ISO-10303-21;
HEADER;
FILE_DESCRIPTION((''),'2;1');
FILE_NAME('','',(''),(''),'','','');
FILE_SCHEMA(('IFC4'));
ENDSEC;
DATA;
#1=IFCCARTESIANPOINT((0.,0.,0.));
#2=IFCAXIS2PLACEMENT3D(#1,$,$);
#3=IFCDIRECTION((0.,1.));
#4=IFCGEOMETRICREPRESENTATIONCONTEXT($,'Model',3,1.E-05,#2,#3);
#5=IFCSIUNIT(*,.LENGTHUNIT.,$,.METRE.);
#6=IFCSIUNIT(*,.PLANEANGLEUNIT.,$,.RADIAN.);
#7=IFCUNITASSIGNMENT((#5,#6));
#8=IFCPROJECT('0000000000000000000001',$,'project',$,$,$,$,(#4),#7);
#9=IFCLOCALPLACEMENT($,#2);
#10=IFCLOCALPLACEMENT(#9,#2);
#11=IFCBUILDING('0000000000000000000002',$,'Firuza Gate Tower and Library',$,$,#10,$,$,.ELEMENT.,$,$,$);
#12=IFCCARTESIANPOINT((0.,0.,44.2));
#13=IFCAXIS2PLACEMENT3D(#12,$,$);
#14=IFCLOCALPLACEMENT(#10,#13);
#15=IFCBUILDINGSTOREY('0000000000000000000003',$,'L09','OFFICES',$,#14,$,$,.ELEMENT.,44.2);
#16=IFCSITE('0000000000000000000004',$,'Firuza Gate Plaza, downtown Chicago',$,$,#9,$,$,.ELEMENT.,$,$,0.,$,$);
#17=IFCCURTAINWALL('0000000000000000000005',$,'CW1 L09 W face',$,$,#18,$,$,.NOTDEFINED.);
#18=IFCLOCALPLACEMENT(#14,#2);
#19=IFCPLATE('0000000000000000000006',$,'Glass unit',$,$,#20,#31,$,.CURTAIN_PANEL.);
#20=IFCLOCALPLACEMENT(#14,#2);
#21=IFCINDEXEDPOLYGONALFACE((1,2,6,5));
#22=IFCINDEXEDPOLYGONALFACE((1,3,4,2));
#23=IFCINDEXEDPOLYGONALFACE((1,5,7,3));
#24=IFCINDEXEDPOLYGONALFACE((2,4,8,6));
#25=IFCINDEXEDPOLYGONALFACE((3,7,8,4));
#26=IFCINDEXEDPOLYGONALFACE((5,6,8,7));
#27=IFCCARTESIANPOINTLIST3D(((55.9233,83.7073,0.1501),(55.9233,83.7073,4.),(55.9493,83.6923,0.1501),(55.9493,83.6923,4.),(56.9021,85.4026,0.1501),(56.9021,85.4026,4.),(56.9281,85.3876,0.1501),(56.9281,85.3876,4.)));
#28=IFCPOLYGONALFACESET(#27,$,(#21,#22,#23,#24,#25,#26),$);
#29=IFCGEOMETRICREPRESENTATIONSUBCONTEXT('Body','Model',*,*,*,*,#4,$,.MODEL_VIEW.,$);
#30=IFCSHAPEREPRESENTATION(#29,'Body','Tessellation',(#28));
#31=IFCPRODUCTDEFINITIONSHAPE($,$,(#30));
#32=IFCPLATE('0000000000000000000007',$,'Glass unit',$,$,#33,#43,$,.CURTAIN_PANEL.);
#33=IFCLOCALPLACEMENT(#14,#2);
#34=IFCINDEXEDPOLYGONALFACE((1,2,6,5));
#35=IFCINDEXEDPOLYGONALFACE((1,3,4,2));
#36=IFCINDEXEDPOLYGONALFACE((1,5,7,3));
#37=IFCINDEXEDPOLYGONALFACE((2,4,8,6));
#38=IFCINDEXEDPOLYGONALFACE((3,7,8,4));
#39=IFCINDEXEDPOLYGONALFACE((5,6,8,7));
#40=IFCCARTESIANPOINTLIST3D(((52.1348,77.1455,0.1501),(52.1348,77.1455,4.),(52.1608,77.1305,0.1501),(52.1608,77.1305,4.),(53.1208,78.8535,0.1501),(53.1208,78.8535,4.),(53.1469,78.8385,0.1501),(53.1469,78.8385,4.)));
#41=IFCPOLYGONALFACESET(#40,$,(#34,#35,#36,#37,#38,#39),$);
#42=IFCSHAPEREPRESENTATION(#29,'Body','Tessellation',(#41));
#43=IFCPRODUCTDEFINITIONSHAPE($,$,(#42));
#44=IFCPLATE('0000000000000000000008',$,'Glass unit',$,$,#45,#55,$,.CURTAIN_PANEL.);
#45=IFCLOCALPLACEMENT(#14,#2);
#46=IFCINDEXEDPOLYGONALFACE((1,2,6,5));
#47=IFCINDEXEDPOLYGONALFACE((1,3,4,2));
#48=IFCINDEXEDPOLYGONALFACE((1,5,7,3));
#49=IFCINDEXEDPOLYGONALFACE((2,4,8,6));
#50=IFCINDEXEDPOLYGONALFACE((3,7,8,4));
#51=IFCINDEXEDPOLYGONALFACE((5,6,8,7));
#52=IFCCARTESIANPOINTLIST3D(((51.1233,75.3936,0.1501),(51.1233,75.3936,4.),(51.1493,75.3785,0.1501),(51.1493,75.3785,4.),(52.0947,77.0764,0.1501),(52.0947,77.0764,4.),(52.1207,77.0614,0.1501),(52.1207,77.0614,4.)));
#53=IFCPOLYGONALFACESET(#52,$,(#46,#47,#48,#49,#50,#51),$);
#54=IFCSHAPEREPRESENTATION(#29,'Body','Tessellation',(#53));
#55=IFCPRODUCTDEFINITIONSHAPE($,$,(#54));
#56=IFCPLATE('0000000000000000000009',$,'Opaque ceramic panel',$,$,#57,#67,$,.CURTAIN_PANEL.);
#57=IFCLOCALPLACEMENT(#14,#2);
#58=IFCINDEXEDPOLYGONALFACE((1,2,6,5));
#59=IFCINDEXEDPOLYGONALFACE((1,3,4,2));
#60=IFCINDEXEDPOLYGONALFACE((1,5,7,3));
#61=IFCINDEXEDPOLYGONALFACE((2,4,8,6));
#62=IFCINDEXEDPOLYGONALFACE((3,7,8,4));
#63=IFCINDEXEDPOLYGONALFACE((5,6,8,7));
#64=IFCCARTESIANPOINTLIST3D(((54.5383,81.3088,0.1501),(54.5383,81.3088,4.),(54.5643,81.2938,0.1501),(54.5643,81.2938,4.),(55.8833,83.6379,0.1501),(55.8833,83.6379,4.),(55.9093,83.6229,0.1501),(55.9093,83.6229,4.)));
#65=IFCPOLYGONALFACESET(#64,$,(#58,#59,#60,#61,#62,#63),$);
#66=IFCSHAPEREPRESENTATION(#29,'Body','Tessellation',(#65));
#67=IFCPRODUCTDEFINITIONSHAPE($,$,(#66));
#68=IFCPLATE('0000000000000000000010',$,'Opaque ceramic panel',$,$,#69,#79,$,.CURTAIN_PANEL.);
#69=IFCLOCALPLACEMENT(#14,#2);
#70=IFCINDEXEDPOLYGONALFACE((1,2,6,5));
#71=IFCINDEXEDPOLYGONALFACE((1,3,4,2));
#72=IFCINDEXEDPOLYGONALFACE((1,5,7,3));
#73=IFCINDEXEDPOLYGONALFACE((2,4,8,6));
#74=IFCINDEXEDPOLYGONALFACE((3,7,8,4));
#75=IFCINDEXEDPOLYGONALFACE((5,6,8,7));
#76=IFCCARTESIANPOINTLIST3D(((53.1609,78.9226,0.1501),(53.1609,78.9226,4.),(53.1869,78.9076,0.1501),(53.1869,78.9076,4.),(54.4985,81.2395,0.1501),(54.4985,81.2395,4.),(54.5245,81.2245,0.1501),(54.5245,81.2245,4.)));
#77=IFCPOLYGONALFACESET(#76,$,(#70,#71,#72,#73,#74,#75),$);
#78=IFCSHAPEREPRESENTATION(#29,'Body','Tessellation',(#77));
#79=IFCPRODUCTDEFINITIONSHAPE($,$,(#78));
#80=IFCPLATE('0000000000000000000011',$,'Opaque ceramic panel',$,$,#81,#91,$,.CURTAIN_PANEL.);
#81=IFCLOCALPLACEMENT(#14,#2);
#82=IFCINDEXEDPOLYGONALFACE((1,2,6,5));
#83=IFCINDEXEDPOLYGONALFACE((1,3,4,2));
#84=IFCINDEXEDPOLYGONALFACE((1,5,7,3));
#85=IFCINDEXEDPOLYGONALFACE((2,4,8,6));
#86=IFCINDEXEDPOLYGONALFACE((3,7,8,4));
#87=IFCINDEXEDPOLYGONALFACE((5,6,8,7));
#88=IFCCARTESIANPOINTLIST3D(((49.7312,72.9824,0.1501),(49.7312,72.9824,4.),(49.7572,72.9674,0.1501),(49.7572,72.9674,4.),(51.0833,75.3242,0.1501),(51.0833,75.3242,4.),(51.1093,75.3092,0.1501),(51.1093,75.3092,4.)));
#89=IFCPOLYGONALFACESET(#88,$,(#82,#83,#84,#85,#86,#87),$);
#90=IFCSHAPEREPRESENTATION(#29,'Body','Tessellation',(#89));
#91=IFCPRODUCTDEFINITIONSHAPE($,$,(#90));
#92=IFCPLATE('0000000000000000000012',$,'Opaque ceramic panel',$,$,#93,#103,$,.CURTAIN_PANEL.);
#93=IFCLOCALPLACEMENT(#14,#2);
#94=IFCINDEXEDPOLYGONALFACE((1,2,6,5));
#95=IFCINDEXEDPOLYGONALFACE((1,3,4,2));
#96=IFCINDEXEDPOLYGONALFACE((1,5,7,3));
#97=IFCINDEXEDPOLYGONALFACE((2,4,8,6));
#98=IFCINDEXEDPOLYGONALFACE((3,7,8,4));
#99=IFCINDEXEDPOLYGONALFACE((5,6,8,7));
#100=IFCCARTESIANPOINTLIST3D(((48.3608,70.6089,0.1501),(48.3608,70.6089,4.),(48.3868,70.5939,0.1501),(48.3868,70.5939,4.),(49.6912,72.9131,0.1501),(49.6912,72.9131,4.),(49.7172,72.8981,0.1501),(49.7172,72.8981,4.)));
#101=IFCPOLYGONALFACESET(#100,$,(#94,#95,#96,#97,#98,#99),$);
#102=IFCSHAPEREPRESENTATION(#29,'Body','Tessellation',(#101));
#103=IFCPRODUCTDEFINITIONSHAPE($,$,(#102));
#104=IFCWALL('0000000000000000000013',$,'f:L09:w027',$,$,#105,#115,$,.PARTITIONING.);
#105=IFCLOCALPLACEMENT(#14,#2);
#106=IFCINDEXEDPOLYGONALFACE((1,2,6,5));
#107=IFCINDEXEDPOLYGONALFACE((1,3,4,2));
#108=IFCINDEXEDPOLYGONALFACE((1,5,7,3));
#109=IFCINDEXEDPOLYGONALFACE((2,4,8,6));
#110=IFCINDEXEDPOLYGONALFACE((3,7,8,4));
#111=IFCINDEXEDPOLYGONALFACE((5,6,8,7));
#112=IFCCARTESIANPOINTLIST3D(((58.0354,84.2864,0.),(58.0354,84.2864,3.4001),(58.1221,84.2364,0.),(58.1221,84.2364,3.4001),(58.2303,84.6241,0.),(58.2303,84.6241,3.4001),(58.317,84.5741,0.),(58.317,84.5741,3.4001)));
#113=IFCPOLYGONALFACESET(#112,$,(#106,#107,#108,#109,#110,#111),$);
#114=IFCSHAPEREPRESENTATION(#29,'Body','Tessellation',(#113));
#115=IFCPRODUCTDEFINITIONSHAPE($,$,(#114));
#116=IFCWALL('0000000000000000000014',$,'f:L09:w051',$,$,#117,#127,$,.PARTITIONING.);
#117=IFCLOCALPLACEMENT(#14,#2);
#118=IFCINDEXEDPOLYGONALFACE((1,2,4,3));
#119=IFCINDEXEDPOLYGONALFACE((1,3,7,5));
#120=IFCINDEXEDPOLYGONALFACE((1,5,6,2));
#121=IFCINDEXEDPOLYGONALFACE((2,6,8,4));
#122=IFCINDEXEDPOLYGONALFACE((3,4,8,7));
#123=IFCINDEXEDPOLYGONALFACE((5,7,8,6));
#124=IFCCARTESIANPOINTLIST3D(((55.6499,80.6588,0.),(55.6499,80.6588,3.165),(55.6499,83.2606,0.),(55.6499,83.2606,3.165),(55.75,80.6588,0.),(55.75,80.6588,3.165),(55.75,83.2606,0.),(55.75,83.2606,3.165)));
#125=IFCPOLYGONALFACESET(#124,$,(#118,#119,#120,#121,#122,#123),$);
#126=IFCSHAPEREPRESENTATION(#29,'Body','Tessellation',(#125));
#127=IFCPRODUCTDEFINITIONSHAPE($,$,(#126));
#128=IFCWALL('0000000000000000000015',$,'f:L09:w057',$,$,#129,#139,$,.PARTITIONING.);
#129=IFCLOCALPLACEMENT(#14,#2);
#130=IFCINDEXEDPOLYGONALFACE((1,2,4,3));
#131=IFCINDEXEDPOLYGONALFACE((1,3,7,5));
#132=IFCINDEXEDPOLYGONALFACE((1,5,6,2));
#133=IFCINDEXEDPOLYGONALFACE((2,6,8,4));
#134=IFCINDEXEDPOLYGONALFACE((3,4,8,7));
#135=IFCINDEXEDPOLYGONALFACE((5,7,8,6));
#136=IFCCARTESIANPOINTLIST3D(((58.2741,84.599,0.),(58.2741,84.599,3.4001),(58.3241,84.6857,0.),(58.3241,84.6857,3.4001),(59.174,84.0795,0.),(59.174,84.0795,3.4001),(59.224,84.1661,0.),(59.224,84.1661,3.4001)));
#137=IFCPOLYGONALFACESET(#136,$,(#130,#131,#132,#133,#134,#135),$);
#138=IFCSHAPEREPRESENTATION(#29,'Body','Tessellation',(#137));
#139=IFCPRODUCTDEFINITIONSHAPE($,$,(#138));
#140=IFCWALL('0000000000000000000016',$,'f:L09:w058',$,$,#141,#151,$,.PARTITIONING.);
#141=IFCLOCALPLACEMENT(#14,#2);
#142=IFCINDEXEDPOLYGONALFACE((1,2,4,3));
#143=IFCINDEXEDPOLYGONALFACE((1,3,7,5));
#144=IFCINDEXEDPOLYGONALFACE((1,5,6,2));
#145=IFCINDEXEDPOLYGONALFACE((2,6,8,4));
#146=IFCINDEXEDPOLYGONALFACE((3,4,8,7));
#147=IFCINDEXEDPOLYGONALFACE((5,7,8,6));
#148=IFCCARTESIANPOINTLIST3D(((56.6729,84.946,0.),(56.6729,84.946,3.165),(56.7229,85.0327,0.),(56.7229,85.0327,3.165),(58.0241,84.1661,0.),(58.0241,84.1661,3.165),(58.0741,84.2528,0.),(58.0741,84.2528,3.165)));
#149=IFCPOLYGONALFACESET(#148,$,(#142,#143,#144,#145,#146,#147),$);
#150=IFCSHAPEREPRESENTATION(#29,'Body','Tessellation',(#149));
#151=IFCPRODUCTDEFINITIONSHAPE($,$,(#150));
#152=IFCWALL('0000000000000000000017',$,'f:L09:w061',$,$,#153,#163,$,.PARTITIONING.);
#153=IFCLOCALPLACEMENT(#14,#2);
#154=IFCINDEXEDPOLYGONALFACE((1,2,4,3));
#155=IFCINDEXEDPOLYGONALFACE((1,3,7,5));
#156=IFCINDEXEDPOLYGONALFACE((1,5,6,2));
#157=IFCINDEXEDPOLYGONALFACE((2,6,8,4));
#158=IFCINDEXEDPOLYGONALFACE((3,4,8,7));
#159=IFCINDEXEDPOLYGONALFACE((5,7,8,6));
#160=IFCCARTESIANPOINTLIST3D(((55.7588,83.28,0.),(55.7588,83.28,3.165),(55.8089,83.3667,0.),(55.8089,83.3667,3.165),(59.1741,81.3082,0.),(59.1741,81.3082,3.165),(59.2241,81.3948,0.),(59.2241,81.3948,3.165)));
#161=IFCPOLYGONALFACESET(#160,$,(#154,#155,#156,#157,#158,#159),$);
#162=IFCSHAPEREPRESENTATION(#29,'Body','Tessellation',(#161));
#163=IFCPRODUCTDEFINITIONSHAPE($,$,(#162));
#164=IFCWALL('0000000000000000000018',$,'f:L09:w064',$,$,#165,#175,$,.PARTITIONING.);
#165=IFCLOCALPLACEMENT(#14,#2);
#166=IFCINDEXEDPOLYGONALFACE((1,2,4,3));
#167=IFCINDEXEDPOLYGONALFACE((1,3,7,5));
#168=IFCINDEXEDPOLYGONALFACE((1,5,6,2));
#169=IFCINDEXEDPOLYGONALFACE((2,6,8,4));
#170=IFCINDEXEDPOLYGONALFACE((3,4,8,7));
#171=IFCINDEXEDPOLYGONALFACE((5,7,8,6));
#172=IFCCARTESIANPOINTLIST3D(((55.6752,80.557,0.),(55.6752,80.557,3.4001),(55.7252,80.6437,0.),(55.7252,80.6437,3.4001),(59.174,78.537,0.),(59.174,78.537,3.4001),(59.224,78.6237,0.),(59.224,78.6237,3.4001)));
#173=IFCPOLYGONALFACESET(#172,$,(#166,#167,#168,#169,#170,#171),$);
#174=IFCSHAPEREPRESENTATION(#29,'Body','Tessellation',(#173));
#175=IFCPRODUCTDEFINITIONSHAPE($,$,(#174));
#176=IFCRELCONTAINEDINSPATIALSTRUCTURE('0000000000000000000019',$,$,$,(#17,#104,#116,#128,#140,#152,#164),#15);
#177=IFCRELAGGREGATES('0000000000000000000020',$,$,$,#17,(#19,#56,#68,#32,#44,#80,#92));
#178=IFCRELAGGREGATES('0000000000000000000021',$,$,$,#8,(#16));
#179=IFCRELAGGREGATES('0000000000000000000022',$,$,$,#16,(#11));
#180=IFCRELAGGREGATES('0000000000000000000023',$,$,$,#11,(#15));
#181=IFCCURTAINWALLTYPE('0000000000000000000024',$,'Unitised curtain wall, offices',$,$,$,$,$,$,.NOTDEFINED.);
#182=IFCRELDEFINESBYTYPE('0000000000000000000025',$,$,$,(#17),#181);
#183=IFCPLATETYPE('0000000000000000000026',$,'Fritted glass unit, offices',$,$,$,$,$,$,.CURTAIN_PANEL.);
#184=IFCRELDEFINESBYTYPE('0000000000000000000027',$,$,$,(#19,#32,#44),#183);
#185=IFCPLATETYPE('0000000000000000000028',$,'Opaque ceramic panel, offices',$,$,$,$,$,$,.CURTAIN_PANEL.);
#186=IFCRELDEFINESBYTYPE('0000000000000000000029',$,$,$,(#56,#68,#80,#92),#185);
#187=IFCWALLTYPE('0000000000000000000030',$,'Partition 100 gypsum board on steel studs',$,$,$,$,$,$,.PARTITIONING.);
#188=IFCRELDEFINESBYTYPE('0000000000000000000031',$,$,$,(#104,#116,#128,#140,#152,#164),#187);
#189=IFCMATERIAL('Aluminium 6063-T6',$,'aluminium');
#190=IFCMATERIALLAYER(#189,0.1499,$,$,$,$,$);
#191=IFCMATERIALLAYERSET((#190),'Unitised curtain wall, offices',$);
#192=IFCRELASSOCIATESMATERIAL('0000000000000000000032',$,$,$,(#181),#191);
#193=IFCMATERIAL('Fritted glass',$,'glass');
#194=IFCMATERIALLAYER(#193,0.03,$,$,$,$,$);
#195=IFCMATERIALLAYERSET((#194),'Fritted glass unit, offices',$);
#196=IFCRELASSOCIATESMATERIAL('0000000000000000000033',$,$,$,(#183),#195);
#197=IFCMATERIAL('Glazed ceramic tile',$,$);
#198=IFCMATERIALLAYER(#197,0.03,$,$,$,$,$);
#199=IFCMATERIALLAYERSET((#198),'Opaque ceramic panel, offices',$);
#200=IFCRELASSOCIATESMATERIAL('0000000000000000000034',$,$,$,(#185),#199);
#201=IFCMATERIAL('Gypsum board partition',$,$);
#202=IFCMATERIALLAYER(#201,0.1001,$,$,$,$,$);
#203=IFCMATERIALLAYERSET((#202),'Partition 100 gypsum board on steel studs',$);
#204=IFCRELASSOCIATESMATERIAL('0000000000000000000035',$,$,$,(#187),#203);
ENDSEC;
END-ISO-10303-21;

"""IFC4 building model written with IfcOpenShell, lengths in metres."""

from ifc_helpers import new_model, si_unit, direction, frame, frame_2d, origin, place, context, subcontext, project, spatial, polyline, rectangle, outline, extrude, material, layer, layer_set, type_object, element, aggregate, save


model = new_model("IFC4")

# Units and contexts
model_context = context("Model", 3, precision=1e-05, world=origin(), true_north=direction((0.0, 1.0)))
body_context = subcontext(model_context, "Body", "Model", "MODEL_VIEW")
ifc_project = project(units=[si_unit("LENGTHUNIT", "METRE"), si_unit("PLANEANGLEUNIT", "RADIAN")], contexts=[model_context])

# Site, building, storey
site_placement = place(None, origin())
site = spatial("IfcSite", under=ifc_project, at=site_placement, Name="Firuza Gate Plaza, downtown Chicago", CompositionType="ELEMENT", RefElevation=0.0)
building_placement = place(site_placement, origin())
building = spatial("IfcBuilding", under=site, at=building_placement, Name="Firuza Gate Tower and Library", CompositionType="ELEMENT")
storey_placement = place(building_placement, frame((0.0, 0.0, 44.2)))
storey = spatial("IfcBuildingStorey", under=building, at=storey_placement, Name="L09", Description="OFFICES", CompositionType="ELEMENT", Elevation=44.2)

# Curtain wall
ifc_material_1 = material(Name="Aluminium 6063-T6", Category="aluminium")
ifc_layer_1 = layer(ifc_material_1, 0.1499)
ifc_layer_set_1 = layer_set([ifc_layer_1], Name="Unitised curtain wall, offices")
curtain_wall_type = type_object("IfcCurtainWallType", Name="Unitised curtain wall, offices", PredefinedType="NOTDEFINED", material=ifc_layer_set_1)
curtain_wall_placement = place(storey_placement, origin())
curtain_wall = element("IfcCurtainWall", 1, at=curtain_wall_placement, inside=storey, type_object=curtain_wall_type, Name="CW1 L09 W face", PredefinedType="NOTDEFINED")

# Plates
ifc_material_2 = material(Name="Fritted glass", Category="glass")
ifc_layer_2 = layer(ifc_material_2, 0.03)
ifc_layer_set_2 = layer_set([ifc_layer_2], Name="Fritted glass unit, offices")
plate_type_1 = type_object("IfcPlateType", Name="Fritted glass unit, offices", PredefinedType="CURTAIN_PANEL", material=ifc_layer_set_2)
plate_1_placement = place(storey_placement, frame((56.9021, 85.4026, 0.1501), z_axis=(-0.866032, 0.499989, 0.0), x_axis=(-0.499989, -0.866032, 0.0)))
plate_1 = element("IfcPlate", 2, at=plate_1_placement, type_object=plate_type_1, Name="Glass unit", PredefinedType="CURTAIN_PANEL", context=body_context, shape_type="SweptSolid", body=[
    extrude(outline(polyline([(0.0, 0.0), (1.9576, 0.0), (1.9576, 3.8499), (0.0, 3.8499), (0.0, 0.0)])), origin(), (0.0, 0.0, -1.0), 0.03),
])
plate_2_placement = place(storey_placement, frame((53.1208, 78.8535, 0.1501), z_axis=(-0.866033, 0.499987, 0.0), x_axis=(-0.499987, -0.866033, 0.0)))
plate_2 = element("IfcPlate", 3, at=plate_2_placement, type_object=plate_type_1, Name="Glass unit", PredefinedType="CURTAIN_PANEL", context=body_context, shape_type="SweptSolid", body=[
    extrude(outline(polyline([(0.0, 0.0), (1.9722, 0.0), (1.9722, 3.8499), (0.0, 3.8499), (0.0, 0.0)])), origin(), (0.0, 0.0, -1.0), 0.03),
])
plate_3_placement = place(storey_placement, frame((52.0947, 77.0764, 0.1501), z_axis=(-0.866062, 0.499936, 0.0), x_axis=(-0.499936, -0.866062, 0.0)))
plate_3 = element("IfcPlate", 4, at=plate_3_placement, type_object=plate_type_1, Name="Glass unit", PredefinedType="CURTAIN_PANEL", context=body_context, shape_type="SweptSolid", body=[
    extrude(outline(polyline([(0.0, 0.0), (1.9431, 0.0), (1.9431, 3.8499), (0.0, 3.8499), (0.0, 0.0)])), origin(), (0.0, 0.0, -1.0), 0.03),
])
ifc_material_3 = material(Name="Glazed ceramic tile")
ifc_layer_3 = layer(ifc_material_3, 0.03)
ifc_layer_set_3 = layer_set([ifc_layer_3], Name="Opaque ceramic panel, offices")
plate_type_2 = type_object("IfcPlateType", Name="Opaque ceramic panel, offices", PredefinedType="CURTAIN_PANEL", material=ifc_layer_set_3)
plate_4_placement = place(storey_placement, frame((55.8833, 83.6379, 0.1501), z_axis=(-0.865983, 0.500073, 0.0), x_axis=(-0.500073, -0.865983, 0.0)))
plate_4 = element("IfcPlate", 5, at=plate_4_placement, type_object=plate_type_2, Name="Opaque ceramic panel", PredefinedType="CURTAIN_PANEL", context=body_context, shape_type="SweptSolid", body=[
    extrude(outline(polyline([(0.0, 0.0), (2.6895, 0.0), (2.6895, 3.8499), (0.0, 3.8499), (0.0, 0.0)])), origin(), (0.0, 0.0, -1.0), 0.03),
])
plate_5_placement = place(storey_placement, frame((54.4985, 81.2395, 0.1501), z_axis=(-0.866028, 0.499996, 0.0), x_axis=(-0.499996, -0.866028, 0.0)))
plate_5 = element("IfcPlate", 6, at=plate_5_placement, type_object=plate_type_2, Name="Opaque ceramic panel", PredefinedType="CURTAIN_PANEL", context=body_context, shape_type="SweptSolid", body=[
    extrude(outline(polyline([(0.0, 0.0), (2.6753, 0.0), (2.6753, 3.8499), (0.0, 3.8499), (0.0, 0.0)])), origin(), (0.0, 0.0, -1.0), 0.03),
])
plate_6_placement = place(storey_placement, frame((51.0833, 75.3242, 0.1501), z_axis=(-0.866023, 0.500004, 0.0), x_axis=(-0.500004, -0.866023, 0.0)))
plate_6 = element("IfcPlate", 7, at=plate_6_placement, type_object=plate_type_2, Name="Opaque ceramic panel", PredefinedType="CURTAIN_PANEL", context=body_context, shape_type="SweptSolid", body=[
    extrude(outline(polyline([(0.0, 0.0), (2.7041, 0.0), (2.7041, 3.8499), (0.0, 3.8499), (0.0, 0.0)])), origin(), (0.0, 0.0, -1.0), 0.03),
])
plate_7_placement = place(storey_placement, frame((49.6912, 72.9131, 0.1501), z_axis=(-0.866027, 0.499998, 0.0), x_axis=(-0.499998, -0.866027, 0.0)))
plate_7 = element("IfcPlate", 8, at=plate_7_placement, type_object=plate_type_2, Name="Opaque ceramic panel", PredefinedType="CURTAIN_PANEL", context=body_context, shape_type="SweptSolid", body=[
    extrude(outline(polyline([(0.0, 0.0), (2.6607, 0.0), (2.6607, 3.8499), (0.0, 3.8499), (0.0, 0.0)])), origin(), (0.0, 0.0, -1.0), 0.03),
])
aggregate(curtain_wall, [plate_1, plate_4, plate_5, plate_2, plate_3, plate_6, plate_7])

# Walls
ifc_material_4 = material(Name="Gypsum board partition")
ifc_layer_4 = layer(ifc_material_4, 0.1001)
ifc_layer_set_4 = layer_set([ifc_layer_4], Name="Partition 100 gypsum board on steel studs")
wall_type = type_object("IfcWallType", Name="Partition 100 gypsum board on steel studs", PredefinedType="PARTITIONING", material=ifc_layer_set_4)
wall_1_placement = place(storey_placement, frame((58.0789, 84.2615, 0.0), z_axis=(0.0, 0.0, 1.0), x_axis=(0.499777, 0.866154, 0.0)))
element("IfcWall", 9, at=wall_1_placement, inside=storey, type_object=wall_type, Name="f:L09:w027", PredefinedType="PARTITIONING", context=body_context, shape_type="SweptSolid", body=[
    extrude(rectangle(XDim=0.3899, YDim=0.1001, at=frame_2d((0.1948, 0.0))), origin(), (0.0, 0.0, 1.0), 3.4001),
])
wall_2_placement = place(storey_placement, frame((55.7, 80.6589, 0.0), z_axis=(0.0, 0.0, 1.0), x_axis=(0.0, 1.0, 0.0)))
element("IfcWall", 10, at=wall_2_placement, inside=storey, type_object=wall_type, Name="f:L09:w051", PredefinedType="PARTITIONING", context=body_context, shape_type="SweptSolid", body=[
    extrude(rectangle(XDim=2.6018, YDim=0.1001, at=frame_2d((1.3008, 0.0))), origin(), (0.0, 0.0, 1.0), 3.165),
])
wall_3_placement = place(storey_placement, frame((59.199, 84.1228, 0.0), z_axis=(0.0, 0.0, 1.0), x_axis=(-0.866037, 0.49998, 0.0)))
element("IfcWall", 11, at=wall_3_placement, inside=storey, type_object=wall_type, Name="f:L09:w057", PredefinedType="PARTITIONING", context=body_context, shape_type="SweptSolid", body=[
    extrude(rectangle(XDim=1.0391, YDim=0.1001, at=frame_2d((0.5195, 0.0))), origin(), (0.0, 0.0, 1.0), 3.4001),
])
wall_4_placement = place(storey_placement, frame((58.0491, 84.2095, 0.0), z_axis=(0.0, 0.0, 1.0), x_axis=(-0.866097, 0.499876, 0.0)))
element("IfcWall", 12, at=wall_4_placement, inside=storey, type_object=wall_type, Name="f:L09:w058", PredefinedType="PARTITIONING", context=body_context, shape_type="SweptSolid", body=[
    extrude(rectangle(XDim=1.5601, YDim=0.1001, at=frame_2d((0.78, 0.0))), origin(), (0.0, 0.0, 1.0), 3.165),
])
wall_5_placement = place(storey_placement, frame((59.199, 81.3516, 0.0), z_axis=(0.0, 0.0, 1.0), x_axis=(-0.866013, 0.500021, 0.0)))
element("IfcWall", 13, at=wall_5_placement, inside=storey, type_object=wall_type, Name="f:L09:w061", PredefinedType="PARTITIONING", context=body_context, shape_type="SweptSolid", body=[
    extrude(rectangle(XDim=3.9436, YDim=0.1001, at=frame_2d((1.9717, 0.0))), origin(), (0.0, 0.0, 1.0), 3.165),
])
wall_6_placement = place(storey_placement, frame((59.199, 78.5803, 0.0), z_axis=(0.0, 0.0, 1.0), x_axis=(-0.866026, 0.5, 0.0)))
element("IfcWall", 14, at=wall_6_placement, inside=storey, type_object=wall_type, Name="f:L09:w064", PredefinedType="PARTITIONING", context=body_context, shape_type="SweptSolid", body=[
    extrude(rectangle(XDim=4.04, YDim=0.1001, at=frame_2d((2.02, 0.0))), origin(), (0.0, 0.0, 1.0), 3.4001),
])

save(model, "model.ifc")
